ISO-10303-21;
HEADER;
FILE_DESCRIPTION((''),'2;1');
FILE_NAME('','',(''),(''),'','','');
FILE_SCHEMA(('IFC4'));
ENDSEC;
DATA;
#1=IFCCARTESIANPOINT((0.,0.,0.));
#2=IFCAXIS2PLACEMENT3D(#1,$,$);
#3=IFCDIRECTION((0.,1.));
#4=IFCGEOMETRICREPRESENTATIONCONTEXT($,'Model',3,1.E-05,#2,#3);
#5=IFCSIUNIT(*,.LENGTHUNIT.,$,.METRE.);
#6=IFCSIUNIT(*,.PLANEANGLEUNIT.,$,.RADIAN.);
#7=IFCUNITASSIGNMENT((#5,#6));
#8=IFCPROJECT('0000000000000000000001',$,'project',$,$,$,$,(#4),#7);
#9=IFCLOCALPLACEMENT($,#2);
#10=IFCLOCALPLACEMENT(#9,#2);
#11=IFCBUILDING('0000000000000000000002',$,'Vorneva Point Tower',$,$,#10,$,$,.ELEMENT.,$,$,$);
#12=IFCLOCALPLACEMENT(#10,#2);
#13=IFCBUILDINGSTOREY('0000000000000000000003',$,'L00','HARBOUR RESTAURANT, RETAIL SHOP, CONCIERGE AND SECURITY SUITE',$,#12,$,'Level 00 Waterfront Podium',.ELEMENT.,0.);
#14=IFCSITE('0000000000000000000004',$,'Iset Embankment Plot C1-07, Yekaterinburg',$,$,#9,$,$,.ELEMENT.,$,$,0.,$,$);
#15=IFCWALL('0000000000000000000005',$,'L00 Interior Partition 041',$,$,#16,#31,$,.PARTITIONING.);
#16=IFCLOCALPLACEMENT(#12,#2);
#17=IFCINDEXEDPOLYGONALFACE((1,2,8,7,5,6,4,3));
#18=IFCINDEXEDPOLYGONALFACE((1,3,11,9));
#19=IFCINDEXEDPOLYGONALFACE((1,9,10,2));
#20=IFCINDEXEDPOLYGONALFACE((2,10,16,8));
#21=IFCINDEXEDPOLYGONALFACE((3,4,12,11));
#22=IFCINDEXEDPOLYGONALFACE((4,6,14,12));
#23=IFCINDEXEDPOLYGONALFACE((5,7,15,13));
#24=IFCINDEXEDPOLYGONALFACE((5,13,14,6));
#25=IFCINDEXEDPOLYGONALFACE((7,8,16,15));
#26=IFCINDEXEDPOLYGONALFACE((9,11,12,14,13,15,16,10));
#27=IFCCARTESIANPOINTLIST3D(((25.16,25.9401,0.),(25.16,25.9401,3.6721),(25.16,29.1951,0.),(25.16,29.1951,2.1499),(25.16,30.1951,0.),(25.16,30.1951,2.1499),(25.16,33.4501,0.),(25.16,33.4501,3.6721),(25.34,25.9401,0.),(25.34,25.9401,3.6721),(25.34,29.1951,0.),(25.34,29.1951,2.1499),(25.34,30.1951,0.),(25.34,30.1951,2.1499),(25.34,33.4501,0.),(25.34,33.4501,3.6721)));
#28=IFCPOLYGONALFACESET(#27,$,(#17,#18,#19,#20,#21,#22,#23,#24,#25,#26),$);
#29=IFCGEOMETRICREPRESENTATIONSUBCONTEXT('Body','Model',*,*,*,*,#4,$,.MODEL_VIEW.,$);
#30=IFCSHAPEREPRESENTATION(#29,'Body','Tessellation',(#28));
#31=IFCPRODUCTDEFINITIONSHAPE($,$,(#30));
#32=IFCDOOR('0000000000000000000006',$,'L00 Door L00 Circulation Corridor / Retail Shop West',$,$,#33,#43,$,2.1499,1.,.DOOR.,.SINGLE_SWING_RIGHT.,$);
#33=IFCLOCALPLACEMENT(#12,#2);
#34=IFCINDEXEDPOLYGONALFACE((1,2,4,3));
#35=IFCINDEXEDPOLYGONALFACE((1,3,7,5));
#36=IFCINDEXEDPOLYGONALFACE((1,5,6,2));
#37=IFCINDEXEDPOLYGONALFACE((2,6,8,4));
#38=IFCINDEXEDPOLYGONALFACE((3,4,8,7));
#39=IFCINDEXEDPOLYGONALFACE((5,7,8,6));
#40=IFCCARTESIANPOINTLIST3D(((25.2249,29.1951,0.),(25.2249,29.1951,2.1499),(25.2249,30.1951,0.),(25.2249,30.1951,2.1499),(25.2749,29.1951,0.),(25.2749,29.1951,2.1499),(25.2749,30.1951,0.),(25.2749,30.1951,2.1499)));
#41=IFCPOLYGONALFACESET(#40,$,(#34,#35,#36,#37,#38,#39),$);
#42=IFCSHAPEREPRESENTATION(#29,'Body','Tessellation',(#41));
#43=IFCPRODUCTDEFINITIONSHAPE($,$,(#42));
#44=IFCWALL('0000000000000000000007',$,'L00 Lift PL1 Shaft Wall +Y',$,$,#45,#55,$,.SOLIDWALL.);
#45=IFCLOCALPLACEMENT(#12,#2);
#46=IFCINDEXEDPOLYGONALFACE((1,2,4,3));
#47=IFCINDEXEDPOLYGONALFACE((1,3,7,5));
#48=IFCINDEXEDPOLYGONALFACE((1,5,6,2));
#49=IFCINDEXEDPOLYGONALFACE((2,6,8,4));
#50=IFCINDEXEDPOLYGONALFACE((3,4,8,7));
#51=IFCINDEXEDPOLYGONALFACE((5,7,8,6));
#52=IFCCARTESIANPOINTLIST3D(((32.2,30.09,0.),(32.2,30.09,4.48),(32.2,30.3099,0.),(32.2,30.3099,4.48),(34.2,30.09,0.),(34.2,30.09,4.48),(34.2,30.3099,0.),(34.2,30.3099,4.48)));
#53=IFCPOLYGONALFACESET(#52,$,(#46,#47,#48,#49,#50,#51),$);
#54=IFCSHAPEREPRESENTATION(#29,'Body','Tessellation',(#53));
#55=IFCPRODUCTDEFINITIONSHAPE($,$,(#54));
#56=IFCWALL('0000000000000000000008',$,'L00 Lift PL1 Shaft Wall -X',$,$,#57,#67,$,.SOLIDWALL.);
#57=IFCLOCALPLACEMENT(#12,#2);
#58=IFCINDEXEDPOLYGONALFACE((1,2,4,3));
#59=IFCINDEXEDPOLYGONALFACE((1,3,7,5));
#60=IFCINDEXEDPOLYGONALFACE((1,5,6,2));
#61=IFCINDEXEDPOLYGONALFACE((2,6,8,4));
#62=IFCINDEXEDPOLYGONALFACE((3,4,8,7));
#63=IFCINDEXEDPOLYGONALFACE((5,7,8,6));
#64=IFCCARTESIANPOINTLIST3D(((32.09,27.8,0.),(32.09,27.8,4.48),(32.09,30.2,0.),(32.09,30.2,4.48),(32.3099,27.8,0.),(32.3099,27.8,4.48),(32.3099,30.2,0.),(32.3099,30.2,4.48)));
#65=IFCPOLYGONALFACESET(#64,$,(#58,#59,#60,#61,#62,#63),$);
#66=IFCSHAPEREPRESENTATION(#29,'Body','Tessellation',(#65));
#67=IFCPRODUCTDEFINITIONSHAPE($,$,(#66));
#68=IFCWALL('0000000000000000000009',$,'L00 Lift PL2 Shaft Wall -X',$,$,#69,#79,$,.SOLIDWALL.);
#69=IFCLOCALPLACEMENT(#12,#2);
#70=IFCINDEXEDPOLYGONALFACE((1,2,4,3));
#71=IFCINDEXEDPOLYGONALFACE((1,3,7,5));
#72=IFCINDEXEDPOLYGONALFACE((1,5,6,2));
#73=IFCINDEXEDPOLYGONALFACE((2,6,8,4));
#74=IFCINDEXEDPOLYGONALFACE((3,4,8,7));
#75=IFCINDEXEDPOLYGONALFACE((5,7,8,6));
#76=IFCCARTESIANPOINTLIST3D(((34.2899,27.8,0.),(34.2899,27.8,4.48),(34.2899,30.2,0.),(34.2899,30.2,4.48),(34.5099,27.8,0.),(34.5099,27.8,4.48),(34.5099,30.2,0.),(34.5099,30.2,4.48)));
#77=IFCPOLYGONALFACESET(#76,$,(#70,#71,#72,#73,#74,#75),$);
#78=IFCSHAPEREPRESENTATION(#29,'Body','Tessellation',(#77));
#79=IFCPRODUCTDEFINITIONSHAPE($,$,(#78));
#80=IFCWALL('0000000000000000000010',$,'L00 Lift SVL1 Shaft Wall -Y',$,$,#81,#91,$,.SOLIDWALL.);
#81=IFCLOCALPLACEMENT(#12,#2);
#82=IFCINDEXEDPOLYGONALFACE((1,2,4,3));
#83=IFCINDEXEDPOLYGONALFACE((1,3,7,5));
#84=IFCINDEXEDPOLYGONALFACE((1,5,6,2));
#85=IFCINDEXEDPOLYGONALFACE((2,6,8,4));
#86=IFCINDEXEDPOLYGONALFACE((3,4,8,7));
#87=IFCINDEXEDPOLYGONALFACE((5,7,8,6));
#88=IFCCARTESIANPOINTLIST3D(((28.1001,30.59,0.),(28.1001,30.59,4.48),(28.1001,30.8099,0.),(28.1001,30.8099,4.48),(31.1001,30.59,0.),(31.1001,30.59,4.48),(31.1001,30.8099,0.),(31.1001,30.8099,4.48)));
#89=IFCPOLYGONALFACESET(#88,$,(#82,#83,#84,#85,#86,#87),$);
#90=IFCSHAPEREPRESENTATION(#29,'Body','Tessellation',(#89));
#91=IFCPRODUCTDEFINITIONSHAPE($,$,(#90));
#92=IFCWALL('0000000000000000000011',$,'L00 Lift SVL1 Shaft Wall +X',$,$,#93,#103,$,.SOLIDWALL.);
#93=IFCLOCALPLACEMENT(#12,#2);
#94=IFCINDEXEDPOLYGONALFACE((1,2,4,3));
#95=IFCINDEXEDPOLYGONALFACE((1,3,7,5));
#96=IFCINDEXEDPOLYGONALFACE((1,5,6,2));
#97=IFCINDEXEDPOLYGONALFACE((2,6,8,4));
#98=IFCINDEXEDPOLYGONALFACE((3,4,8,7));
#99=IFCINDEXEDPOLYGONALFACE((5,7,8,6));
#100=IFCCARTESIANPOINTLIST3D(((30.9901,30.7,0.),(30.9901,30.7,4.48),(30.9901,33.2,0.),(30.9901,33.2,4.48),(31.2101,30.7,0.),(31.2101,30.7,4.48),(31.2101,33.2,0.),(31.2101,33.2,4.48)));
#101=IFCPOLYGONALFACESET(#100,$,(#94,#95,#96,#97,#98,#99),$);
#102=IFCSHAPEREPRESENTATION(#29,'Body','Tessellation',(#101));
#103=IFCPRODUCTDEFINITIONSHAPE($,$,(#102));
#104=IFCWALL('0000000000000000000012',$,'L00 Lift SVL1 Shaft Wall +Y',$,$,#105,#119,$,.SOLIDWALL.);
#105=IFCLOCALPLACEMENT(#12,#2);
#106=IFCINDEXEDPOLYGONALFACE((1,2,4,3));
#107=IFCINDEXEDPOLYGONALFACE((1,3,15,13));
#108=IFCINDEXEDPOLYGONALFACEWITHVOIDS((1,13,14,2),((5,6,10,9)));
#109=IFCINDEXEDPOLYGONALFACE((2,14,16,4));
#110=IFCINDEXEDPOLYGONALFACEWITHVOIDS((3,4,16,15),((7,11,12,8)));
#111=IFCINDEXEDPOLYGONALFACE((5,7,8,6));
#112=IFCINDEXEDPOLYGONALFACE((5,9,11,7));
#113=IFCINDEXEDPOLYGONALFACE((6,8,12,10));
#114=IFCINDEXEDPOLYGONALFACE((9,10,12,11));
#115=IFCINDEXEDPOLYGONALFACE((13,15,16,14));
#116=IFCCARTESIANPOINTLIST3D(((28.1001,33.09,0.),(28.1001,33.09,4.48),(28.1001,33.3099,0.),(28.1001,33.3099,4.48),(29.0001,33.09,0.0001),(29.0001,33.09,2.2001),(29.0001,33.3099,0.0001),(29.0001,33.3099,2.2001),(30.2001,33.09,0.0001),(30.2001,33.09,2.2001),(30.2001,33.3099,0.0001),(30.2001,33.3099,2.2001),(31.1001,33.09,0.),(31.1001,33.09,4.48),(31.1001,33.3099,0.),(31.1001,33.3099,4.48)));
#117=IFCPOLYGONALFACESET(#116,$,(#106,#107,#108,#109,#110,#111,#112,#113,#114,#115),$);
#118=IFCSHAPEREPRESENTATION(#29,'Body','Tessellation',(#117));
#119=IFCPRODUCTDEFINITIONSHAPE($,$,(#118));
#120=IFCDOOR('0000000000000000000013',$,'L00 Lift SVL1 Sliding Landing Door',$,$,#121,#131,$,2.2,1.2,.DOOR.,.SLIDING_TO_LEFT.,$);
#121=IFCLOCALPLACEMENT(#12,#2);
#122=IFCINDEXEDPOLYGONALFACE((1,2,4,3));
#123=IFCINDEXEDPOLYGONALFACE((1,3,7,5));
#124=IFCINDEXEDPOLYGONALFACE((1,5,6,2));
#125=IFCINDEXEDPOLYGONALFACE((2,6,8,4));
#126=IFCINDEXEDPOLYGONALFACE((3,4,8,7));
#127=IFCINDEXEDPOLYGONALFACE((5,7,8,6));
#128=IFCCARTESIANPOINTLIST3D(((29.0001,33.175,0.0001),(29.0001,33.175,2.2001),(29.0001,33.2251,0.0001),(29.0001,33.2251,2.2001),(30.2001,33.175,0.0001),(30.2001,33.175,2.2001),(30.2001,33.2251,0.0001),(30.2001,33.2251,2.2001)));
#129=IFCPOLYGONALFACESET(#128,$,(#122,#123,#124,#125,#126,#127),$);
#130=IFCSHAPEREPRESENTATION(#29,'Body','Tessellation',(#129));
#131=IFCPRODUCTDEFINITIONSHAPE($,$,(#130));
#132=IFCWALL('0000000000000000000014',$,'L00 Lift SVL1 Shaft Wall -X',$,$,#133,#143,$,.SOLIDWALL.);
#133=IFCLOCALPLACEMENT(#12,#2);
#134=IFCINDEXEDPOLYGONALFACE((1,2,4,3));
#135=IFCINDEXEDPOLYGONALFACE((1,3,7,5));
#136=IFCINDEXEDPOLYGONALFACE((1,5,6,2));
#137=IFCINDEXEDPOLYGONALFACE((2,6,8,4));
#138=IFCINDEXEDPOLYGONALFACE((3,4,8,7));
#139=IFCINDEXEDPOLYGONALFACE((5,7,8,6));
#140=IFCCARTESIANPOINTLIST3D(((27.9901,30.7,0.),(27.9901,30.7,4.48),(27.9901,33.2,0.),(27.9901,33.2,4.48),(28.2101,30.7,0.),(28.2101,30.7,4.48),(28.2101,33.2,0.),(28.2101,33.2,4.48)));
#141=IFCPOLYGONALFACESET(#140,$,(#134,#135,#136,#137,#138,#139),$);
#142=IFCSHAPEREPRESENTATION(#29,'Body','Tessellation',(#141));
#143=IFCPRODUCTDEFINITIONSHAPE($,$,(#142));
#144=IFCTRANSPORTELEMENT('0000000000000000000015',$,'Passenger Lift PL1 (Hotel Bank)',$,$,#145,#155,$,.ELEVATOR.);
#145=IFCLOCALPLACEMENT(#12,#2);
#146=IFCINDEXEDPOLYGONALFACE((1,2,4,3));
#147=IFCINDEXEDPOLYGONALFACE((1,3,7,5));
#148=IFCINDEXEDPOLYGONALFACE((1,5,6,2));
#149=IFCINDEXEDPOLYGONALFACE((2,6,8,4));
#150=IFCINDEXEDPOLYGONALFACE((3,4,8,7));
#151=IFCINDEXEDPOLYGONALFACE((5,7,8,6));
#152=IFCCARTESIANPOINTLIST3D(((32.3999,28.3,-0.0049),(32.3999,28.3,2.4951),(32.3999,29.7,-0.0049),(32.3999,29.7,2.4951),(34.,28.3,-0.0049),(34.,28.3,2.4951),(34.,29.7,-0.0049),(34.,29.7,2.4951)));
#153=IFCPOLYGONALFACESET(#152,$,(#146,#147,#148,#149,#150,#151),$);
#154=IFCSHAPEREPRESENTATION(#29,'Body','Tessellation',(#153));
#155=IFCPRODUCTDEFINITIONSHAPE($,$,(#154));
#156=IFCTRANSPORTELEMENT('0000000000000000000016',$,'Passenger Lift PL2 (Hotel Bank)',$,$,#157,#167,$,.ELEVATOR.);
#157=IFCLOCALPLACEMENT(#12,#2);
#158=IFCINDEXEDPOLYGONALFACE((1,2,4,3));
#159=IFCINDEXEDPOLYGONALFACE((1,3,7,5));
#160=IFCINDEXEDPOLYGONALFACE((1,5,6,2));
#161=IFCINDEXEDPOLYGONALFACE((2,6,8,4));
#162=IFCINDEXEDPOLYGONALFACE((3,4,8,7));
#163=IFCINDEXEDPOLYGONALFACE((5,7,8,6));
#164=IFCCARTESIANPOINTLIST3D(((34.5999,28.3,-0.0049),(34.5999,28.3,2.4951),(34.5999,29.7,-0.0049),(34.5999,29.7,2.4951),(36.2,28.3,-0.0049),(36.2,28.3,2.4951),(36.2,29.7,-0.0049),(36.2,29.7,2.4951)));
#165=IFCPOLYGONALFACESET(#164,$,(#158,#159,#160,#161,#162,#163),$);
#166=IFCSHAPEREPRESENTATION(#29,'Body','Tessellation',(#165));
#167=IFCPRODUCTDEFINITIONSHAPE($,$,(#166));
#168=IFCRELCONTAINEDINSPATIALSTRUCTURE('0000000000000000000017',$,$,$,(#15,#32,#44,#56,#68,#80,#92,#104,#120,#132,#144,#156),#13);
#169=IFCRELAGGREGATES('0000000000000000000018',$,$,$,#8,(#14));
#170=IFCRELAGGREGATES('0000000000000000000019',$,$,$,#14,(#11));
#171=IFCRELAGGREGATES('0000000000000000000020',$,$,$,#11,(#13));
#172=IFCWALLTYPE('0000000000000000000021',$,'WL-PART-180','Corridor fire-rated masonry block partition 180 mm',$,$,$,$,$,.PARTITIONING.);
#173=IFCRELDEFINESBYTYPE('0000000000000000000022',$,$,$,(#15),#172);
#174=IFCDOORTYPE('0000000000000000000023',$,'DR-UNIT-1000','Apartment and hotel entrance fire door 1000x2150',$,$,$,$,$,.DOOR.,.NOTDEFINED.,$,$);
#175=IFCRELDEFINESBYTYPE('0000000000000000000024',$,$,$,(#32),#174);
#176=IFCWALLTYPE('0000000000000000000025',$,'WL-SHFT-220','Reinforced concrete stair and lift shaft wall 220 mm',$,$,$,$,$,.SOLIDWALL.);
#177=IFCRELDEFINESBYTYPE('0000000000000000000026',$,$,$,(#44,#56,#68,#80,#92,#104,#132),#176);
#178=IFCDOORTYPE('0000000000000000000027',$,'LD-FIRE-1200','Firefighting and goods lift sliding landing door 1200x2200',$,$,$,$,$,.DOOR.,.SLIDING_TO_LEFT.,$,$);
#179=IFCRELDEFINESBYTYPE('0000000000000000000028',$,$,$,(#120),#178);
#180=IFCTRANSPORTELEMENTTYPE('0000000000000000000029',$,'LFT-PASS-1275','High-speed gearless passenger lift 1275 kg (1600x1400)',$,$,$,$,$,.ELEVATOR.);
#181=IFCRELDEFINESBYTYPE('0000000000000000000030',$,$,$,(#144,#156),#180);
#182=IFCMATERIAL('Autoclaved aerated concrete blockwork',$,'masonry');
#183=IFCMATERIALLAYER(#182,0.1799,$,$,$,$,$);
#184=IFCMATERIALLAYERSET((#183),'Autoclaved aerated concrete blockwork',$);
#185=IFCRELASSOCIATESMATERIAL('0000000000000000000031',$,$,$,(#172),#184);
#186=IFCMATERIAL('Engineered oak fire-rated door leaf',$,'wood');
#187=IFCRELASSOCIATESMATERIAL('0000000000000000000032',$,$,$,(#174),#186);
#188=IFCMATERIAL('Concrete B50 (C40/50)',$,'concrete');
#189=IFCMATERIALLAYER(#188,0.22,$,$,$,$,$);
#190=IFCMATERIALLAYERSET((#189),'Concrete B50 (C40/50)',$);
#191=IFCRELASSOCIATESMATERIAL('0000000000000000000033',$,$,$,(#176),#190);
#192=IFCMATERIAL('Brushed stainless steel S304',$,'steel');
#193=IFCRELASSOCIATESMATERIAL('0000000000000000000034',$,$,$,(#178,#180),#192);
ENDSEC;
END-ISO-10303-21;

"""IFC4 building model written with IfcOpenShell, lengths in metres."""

from ifc_helpers import new_model, si_unit, direction, frame, frame_2d, origin, origin_2d, place, context, subcontext, project, spatial, rectangle, extrude, material, layer, layer_set, type_object, element, fill, save


model = new_model("IFC4")

# Units and contexts
model_context = context("Model", 3, precision=1e-05, world=origin(), true_north=direction((0.0, 1.0)))
body_context = subcontext(model_context, "Body", "Model", "MODEL_VIEW")
ifc_project = project(units=[si_unit("LENGTHUNIT", "METRE"), si_unit("PLANEANGLEUNIT", "RADIAN")], contexts=[model_context])

# Site, building, storey
site_placement = place(None, origin())
site = spatial("IfcSite", under=ifc_project, at=site_placement, Name="Iset Embankment Plot C1-07, Yekaterinburg", CompositionType="ELEMENT", RefElevation=0.0)
building_placement = place(site_placement, origin())
building = spatial("IfcBuilding", under=site, at=building_placement, Name="Vorneva Point Tower", CompositionType="ELEMENT")
storey_placement = place(building_placement, origin())
storey = spatial("IfcBuildingStorey", under=building, at=storey_placement, Name="L00", Description="HARBOUR RESTAURANT, RETAIL SHOP, CONCIERGE AND SECURITY SUITE", LongName="Level 00 Waterfront Podium", CompositionType="ELEMENT", Elevation=0.0)

# Shared definitions
ifc_material_1 = material(Name="Autoclaved aerated concrete blockwork", Category="masonry")
ifc_layer_1 = layer(ifc_material_1, 0.1799)
ifc_layer_set_1 = layer_set([ifc_layer_1], Name="Autoclaved aerated concrete blockwork")
wall_type_1 = type_object("IfcWallType", Name="WL-PART-180", Description="Corridor fire-rated masonry block partition 180 mm", PredefinedType="PARTITIONING", material=ifc_layer_set_1)

# Wall, opening, door
wall_1_placement = place(storey_placement, frame((25.25, 33.45, 0.0), z_axis=(0.0, 0.0, 1.0), x_axis=(0.0, -1.0, 0.0)))
wall_1 = element("IfcWall", 1, at=wall_1_placement, inside=storey, type_object=wall_type_1, Name="L00 Interior Partition 041", PredefinedType="PARTITIONING", context=body_context, shape_type="SweptSolid", body=[
    extrude(rectangle(XDim=7.51, YDim=0.1799, at=frame_2d((3.7549, 0.0))), origin(), (0.0, 0.0, 1.0), 3.6721),
])
opening_1_placement = place(wall_1_placement, frame((3.2549, 0.0, 0.0)))
opening_1 = element("IfcOpeningElement", 2, at=opening_1_placement, cuts=wall_1, PredefinedType="OPENING", context=body_context, shape_type="SweptSolid", body=[
    extrude(rectangle(XDim=1.0, YDim=2.1499, at=frame_2d((0.5, 1.075))), frame((0.0, 0.105, 0.0), z_axis=(0.0, -1.0, 0.0), x_axis=(1.0, 0.0, 0.0)), (0.0, 0.0, 1.0), 0.2097),
])
ifc_material_2 = material(Name="Engineered oak fire-rated door leaf", Category="wood")
door_type_1 = type_object("IfcDoorType", Name="DR-UNIT-1000", Description="Apartment and hotel entrance fire door 1000x2150", OperationType="NOTDEFINED", PredefinedType="DOOR", material=ifc_material_2)
door_1_placement = place(opening_1_placement, origin())
door_1 = element("IfcDoor", 3, at=door_1_placement, inside=storey, type_object=door_type_1, Name="L00 Door L00 Circulation Corridor / Retail Shop West", OperationType="SINGLE_SWING_RIGHT", OverallHeight=2.1499, OverallWidth=1.0, PredefinedType="DOOR", context=body_context, shape_type="SweptSolid", body=[
    extrude(rectangle(XDim=1.0, YDim=2.1499, at=frame_2d((0.5, 1.075))), frame((0.0, 0.0249, 0.0), z_axis=(0.0, -1.0, 0.0), x_axis=(1.0, 0.0, 0.0)), (0.0, 0.0, 1.0), 0.05),
])
fill(opening_1, door_1)

# Walls
ifc_material_3 = material(Name="Concrete B50 (C40/50)", Category="concrete")
ifc_layer_2 = layer(ifc_material_3, 0.22)
ifc_layer_set_2 = layer_set([ifc_layer_2], Name="Concrete B50 (C40/50)")
wall_type_2 = type_object("IfcWallType", Name="WL-SHFT-220", Description="Reinforced concrete stair and lift shaft wall 220 mm", PredefinedType="SOLIDWALL", material=ifc_layer_set_2)
wall_2_placement = place(storey_placement, frame((34.2, 30.2, 0.0), z_axis=(0.0, 0.0, 1.0), x_axis=(-1.0, 0.0, 0.0)))
element("IfcWall", 4, at=wall_2_placement, inside=storey, type_object=wall_type_2, Name="L00 Lift PL1 Shaft Wall +Y", PredefinedType="SOLIDWALL", context=body_context, shape_type="SweptSolid", body=[
    extrude(rectangle(XDim=2.0, YDim=0.22, at=frame_2d((1.0, 0.0))), origin(), (0.0, 0.0, 1.0), 4.48),
])
for number, where, z_axis, x_axis, name in (
    (5, (32.2, 30.2, 0.0), (0.0, 0.0, 1.0), (0.0, -1.0, 0.0), "L00 Lift PL1 Shaft Wall -X"),
    (6, (34.3999, 30.2, 0.0), (0.0, 0.0, 1.0), (0.0, -1.0, 0.0), "L00 Lift PL2 Shaft Wall -X"),
):
    element("IfcWall", number, at=place(storey_placement, frame(where, z_axis=z_axis, x_axis=x_axis)), inside=storey, type_object=wall_type_2, Name=name, PredefinedType="SOLIDWALL", context=body_context, shape_type="SweptSolid", body=[
        extrude(rectangle(XDim=2.3999, YDim=0.22, at=frame_2d((1.2, 0.0))), origin(), (0.0, 0.0, 1.0), 4.48),
    ])
wall_3_placement = place(storey_placement, frame((28.1001, 30.7, 0.0), z_axis=(0.0, 0.0, 1.0), x_axis=(1.0, 0.0, 0.0)))
element("IfcWall", 7, at=wall_3_placement, inside=storey, type_object=wall_type_2, Name="L00 Lift SVL1 Shaft Wall -Y", PredefinedType="SOLIDWALL", context=body_context, shape_type="SweptSolid", body=[
    extrude(rectangle(XDim=3.0, YDim=0.22, at=frame_2d((1.5, 0.0))), origin(), (0.0, 0.0, 1.0), 4.48),
])
wall_4_placement = place(storey_placement, frame((31.1001, 30.7, 0.0), z_axis=(0.0, 0.0, 1.0), x_axis=(0.0, 1.0, 0.0)))
element("IfcWall", 8, at=wall_4_placement, inside=storey, type_object=wall_type_2, Name="L00 Lift SVL1 Shaft Wall +X", PredefinedType="SOLIDWALL", context=body_context, shape_type="SweptSolid", body=[
    extrude(rectangle(XDim=2.5, YDim=0.22, at=frame_2d((1.25, 0.0))), origin(), (0.0, 0.0, 1.0), 4.48),
])

# Wall, opening, door
wall_5_placement = place(storey_placement, frame((31.1001, 33.2, 0.0), z_axis=(0.0, 0.0, 1.0), x_axis=(-1.0, 0.0, 0.0)))
wall_5 = element("IfcWall", 9, at=wall_5_placement, inside=storey, type_object=wall_type_2, Name="L00 Lift SVL1 Shaft Wall +Y", PredefinedType="SOLIDWALL", context=body_context, shape_type="SweptSolid", body=[
    extrude(rectangle(XDim=3.0, YDim=0.22, at=frame_2d((1.5, 0.0))), origin(), (0.0, 0.0, 1.0), 4.48),
])
opening_2_placement = place(wall_5_placement, frame((0.8999, 0.0, 0.0)))
opening_2 = element("IfcOpeningElement", 10, at=opening_2_placement, cuts=wall_5, PredefinedType="OPENING", context=body_context, shape_type="SweptSolid", body=[
    extrude(rectangle(XDim=1.2, YDim=2.2, at=frame_2d((0.6001, 1.1001))), frame((0.0, 0.125, 0.0), z_axis=(0.0, -1.0, 0.0), x_axis=(1.0, 0.0, 0.0)), (0.0, 0.0, 1.0), 0.2498),
])
ifc_material_4 = material(Name="Brushed stainless steel S304", Category="steel")
door_type_2 = type_object("IfcDoorType", Name="LD-FIRE-1200", Description="Firefighting and goods lift sliding landing door 1200x2200", OperationType="SLIDING_TO_LEFT", PredefinedType="DOOR", material=ifc_material_4)
door_2_placement = place(opening_2_placement, origin())
door_2 = element("IfcDoor", 11, at=door_2_placement, inside=storey, type_object=door_type_2, Name="L00 Lift SVL1 Sliding Landing Door", OperationType="SLIDING_TO_LEFT", OverallHeight=2.2, OverallWidth=1.2, PredefinedType="DOOR", context=body_context, shape_type="SweptSolid", body=[
    extrude(rectangle(XDim=1.2, YDim=2.2, at=frame_2d((0.6001, 1.1001))), frame((0.0, 0.0249, 0.0), z_axis=(0.0, -1.0, 0.0), x_axis=(1.0, 0.0, 0.0)), (0.0, 0.0, 1.0), 0.05),
])
fill(opening_2, door_2)

# Wall
wall_6_placement = place(storey_placement, frame((28.1001, 33.2, 0.0), z_axis=(0.0, 0.0, 1.0), x_axis=(0.0, -1.0, 0.0)))
element("IfcWall", 12, at=wall_6_placement, inside=storey, type_object=wall_type_2, Name="L00 Lift SVL1 Shaft Wall -X", PredefinedType="SOLIDWALL", context=body_context, shape_type="SweptSolid", body=[
    extrude(rectangle(XDim=2.5, YDim=0.22, at=frame_2d((1.25, 0.0))), origin(), (0.0, 0.0, 1.0), 4.48),
])

# Transport elements
transport_element_type = type_object("IfcTransportElementType", Name="LFT-PASS-1275", Description="High-speed gearless passenger lift 1275 kg (1600x1400)", PredefinedType="ELEVATOR", material=ifc_material_4)
for number, where, z_axis, x_axis, name in (
    (13, (33.2, 29.0, -0.0049), (0.0, 0.0, 1.0), (1.0, 0.0, 0.0), "Passenger Lift PL1 (Hotel Bank)"),
    (14, (35.3999, 29.0, -0.0049), (0.0, 0.0, 1.0), (1.0, 0.0, 0.0), "Passenger Lift PL2 (Hotel Bank)"),
):
    element("IfcTransportElement", number, at=place(storey_placement, frame(where, z_axis=z_axis, x_axis=x_axis)), inside=storey, type_object=transport_element_type, Name=name, PredefinedType="ELEVATOR", context=body_context, shape_type="SweptSolid", body=[
        extrude(rectangle(XDim=1.6001, YDim=1.3999, at=origin_2d()), origin(), (0.0, 0.0, 1.0), 2.5),
    ])

save(model, "model.ifc")
